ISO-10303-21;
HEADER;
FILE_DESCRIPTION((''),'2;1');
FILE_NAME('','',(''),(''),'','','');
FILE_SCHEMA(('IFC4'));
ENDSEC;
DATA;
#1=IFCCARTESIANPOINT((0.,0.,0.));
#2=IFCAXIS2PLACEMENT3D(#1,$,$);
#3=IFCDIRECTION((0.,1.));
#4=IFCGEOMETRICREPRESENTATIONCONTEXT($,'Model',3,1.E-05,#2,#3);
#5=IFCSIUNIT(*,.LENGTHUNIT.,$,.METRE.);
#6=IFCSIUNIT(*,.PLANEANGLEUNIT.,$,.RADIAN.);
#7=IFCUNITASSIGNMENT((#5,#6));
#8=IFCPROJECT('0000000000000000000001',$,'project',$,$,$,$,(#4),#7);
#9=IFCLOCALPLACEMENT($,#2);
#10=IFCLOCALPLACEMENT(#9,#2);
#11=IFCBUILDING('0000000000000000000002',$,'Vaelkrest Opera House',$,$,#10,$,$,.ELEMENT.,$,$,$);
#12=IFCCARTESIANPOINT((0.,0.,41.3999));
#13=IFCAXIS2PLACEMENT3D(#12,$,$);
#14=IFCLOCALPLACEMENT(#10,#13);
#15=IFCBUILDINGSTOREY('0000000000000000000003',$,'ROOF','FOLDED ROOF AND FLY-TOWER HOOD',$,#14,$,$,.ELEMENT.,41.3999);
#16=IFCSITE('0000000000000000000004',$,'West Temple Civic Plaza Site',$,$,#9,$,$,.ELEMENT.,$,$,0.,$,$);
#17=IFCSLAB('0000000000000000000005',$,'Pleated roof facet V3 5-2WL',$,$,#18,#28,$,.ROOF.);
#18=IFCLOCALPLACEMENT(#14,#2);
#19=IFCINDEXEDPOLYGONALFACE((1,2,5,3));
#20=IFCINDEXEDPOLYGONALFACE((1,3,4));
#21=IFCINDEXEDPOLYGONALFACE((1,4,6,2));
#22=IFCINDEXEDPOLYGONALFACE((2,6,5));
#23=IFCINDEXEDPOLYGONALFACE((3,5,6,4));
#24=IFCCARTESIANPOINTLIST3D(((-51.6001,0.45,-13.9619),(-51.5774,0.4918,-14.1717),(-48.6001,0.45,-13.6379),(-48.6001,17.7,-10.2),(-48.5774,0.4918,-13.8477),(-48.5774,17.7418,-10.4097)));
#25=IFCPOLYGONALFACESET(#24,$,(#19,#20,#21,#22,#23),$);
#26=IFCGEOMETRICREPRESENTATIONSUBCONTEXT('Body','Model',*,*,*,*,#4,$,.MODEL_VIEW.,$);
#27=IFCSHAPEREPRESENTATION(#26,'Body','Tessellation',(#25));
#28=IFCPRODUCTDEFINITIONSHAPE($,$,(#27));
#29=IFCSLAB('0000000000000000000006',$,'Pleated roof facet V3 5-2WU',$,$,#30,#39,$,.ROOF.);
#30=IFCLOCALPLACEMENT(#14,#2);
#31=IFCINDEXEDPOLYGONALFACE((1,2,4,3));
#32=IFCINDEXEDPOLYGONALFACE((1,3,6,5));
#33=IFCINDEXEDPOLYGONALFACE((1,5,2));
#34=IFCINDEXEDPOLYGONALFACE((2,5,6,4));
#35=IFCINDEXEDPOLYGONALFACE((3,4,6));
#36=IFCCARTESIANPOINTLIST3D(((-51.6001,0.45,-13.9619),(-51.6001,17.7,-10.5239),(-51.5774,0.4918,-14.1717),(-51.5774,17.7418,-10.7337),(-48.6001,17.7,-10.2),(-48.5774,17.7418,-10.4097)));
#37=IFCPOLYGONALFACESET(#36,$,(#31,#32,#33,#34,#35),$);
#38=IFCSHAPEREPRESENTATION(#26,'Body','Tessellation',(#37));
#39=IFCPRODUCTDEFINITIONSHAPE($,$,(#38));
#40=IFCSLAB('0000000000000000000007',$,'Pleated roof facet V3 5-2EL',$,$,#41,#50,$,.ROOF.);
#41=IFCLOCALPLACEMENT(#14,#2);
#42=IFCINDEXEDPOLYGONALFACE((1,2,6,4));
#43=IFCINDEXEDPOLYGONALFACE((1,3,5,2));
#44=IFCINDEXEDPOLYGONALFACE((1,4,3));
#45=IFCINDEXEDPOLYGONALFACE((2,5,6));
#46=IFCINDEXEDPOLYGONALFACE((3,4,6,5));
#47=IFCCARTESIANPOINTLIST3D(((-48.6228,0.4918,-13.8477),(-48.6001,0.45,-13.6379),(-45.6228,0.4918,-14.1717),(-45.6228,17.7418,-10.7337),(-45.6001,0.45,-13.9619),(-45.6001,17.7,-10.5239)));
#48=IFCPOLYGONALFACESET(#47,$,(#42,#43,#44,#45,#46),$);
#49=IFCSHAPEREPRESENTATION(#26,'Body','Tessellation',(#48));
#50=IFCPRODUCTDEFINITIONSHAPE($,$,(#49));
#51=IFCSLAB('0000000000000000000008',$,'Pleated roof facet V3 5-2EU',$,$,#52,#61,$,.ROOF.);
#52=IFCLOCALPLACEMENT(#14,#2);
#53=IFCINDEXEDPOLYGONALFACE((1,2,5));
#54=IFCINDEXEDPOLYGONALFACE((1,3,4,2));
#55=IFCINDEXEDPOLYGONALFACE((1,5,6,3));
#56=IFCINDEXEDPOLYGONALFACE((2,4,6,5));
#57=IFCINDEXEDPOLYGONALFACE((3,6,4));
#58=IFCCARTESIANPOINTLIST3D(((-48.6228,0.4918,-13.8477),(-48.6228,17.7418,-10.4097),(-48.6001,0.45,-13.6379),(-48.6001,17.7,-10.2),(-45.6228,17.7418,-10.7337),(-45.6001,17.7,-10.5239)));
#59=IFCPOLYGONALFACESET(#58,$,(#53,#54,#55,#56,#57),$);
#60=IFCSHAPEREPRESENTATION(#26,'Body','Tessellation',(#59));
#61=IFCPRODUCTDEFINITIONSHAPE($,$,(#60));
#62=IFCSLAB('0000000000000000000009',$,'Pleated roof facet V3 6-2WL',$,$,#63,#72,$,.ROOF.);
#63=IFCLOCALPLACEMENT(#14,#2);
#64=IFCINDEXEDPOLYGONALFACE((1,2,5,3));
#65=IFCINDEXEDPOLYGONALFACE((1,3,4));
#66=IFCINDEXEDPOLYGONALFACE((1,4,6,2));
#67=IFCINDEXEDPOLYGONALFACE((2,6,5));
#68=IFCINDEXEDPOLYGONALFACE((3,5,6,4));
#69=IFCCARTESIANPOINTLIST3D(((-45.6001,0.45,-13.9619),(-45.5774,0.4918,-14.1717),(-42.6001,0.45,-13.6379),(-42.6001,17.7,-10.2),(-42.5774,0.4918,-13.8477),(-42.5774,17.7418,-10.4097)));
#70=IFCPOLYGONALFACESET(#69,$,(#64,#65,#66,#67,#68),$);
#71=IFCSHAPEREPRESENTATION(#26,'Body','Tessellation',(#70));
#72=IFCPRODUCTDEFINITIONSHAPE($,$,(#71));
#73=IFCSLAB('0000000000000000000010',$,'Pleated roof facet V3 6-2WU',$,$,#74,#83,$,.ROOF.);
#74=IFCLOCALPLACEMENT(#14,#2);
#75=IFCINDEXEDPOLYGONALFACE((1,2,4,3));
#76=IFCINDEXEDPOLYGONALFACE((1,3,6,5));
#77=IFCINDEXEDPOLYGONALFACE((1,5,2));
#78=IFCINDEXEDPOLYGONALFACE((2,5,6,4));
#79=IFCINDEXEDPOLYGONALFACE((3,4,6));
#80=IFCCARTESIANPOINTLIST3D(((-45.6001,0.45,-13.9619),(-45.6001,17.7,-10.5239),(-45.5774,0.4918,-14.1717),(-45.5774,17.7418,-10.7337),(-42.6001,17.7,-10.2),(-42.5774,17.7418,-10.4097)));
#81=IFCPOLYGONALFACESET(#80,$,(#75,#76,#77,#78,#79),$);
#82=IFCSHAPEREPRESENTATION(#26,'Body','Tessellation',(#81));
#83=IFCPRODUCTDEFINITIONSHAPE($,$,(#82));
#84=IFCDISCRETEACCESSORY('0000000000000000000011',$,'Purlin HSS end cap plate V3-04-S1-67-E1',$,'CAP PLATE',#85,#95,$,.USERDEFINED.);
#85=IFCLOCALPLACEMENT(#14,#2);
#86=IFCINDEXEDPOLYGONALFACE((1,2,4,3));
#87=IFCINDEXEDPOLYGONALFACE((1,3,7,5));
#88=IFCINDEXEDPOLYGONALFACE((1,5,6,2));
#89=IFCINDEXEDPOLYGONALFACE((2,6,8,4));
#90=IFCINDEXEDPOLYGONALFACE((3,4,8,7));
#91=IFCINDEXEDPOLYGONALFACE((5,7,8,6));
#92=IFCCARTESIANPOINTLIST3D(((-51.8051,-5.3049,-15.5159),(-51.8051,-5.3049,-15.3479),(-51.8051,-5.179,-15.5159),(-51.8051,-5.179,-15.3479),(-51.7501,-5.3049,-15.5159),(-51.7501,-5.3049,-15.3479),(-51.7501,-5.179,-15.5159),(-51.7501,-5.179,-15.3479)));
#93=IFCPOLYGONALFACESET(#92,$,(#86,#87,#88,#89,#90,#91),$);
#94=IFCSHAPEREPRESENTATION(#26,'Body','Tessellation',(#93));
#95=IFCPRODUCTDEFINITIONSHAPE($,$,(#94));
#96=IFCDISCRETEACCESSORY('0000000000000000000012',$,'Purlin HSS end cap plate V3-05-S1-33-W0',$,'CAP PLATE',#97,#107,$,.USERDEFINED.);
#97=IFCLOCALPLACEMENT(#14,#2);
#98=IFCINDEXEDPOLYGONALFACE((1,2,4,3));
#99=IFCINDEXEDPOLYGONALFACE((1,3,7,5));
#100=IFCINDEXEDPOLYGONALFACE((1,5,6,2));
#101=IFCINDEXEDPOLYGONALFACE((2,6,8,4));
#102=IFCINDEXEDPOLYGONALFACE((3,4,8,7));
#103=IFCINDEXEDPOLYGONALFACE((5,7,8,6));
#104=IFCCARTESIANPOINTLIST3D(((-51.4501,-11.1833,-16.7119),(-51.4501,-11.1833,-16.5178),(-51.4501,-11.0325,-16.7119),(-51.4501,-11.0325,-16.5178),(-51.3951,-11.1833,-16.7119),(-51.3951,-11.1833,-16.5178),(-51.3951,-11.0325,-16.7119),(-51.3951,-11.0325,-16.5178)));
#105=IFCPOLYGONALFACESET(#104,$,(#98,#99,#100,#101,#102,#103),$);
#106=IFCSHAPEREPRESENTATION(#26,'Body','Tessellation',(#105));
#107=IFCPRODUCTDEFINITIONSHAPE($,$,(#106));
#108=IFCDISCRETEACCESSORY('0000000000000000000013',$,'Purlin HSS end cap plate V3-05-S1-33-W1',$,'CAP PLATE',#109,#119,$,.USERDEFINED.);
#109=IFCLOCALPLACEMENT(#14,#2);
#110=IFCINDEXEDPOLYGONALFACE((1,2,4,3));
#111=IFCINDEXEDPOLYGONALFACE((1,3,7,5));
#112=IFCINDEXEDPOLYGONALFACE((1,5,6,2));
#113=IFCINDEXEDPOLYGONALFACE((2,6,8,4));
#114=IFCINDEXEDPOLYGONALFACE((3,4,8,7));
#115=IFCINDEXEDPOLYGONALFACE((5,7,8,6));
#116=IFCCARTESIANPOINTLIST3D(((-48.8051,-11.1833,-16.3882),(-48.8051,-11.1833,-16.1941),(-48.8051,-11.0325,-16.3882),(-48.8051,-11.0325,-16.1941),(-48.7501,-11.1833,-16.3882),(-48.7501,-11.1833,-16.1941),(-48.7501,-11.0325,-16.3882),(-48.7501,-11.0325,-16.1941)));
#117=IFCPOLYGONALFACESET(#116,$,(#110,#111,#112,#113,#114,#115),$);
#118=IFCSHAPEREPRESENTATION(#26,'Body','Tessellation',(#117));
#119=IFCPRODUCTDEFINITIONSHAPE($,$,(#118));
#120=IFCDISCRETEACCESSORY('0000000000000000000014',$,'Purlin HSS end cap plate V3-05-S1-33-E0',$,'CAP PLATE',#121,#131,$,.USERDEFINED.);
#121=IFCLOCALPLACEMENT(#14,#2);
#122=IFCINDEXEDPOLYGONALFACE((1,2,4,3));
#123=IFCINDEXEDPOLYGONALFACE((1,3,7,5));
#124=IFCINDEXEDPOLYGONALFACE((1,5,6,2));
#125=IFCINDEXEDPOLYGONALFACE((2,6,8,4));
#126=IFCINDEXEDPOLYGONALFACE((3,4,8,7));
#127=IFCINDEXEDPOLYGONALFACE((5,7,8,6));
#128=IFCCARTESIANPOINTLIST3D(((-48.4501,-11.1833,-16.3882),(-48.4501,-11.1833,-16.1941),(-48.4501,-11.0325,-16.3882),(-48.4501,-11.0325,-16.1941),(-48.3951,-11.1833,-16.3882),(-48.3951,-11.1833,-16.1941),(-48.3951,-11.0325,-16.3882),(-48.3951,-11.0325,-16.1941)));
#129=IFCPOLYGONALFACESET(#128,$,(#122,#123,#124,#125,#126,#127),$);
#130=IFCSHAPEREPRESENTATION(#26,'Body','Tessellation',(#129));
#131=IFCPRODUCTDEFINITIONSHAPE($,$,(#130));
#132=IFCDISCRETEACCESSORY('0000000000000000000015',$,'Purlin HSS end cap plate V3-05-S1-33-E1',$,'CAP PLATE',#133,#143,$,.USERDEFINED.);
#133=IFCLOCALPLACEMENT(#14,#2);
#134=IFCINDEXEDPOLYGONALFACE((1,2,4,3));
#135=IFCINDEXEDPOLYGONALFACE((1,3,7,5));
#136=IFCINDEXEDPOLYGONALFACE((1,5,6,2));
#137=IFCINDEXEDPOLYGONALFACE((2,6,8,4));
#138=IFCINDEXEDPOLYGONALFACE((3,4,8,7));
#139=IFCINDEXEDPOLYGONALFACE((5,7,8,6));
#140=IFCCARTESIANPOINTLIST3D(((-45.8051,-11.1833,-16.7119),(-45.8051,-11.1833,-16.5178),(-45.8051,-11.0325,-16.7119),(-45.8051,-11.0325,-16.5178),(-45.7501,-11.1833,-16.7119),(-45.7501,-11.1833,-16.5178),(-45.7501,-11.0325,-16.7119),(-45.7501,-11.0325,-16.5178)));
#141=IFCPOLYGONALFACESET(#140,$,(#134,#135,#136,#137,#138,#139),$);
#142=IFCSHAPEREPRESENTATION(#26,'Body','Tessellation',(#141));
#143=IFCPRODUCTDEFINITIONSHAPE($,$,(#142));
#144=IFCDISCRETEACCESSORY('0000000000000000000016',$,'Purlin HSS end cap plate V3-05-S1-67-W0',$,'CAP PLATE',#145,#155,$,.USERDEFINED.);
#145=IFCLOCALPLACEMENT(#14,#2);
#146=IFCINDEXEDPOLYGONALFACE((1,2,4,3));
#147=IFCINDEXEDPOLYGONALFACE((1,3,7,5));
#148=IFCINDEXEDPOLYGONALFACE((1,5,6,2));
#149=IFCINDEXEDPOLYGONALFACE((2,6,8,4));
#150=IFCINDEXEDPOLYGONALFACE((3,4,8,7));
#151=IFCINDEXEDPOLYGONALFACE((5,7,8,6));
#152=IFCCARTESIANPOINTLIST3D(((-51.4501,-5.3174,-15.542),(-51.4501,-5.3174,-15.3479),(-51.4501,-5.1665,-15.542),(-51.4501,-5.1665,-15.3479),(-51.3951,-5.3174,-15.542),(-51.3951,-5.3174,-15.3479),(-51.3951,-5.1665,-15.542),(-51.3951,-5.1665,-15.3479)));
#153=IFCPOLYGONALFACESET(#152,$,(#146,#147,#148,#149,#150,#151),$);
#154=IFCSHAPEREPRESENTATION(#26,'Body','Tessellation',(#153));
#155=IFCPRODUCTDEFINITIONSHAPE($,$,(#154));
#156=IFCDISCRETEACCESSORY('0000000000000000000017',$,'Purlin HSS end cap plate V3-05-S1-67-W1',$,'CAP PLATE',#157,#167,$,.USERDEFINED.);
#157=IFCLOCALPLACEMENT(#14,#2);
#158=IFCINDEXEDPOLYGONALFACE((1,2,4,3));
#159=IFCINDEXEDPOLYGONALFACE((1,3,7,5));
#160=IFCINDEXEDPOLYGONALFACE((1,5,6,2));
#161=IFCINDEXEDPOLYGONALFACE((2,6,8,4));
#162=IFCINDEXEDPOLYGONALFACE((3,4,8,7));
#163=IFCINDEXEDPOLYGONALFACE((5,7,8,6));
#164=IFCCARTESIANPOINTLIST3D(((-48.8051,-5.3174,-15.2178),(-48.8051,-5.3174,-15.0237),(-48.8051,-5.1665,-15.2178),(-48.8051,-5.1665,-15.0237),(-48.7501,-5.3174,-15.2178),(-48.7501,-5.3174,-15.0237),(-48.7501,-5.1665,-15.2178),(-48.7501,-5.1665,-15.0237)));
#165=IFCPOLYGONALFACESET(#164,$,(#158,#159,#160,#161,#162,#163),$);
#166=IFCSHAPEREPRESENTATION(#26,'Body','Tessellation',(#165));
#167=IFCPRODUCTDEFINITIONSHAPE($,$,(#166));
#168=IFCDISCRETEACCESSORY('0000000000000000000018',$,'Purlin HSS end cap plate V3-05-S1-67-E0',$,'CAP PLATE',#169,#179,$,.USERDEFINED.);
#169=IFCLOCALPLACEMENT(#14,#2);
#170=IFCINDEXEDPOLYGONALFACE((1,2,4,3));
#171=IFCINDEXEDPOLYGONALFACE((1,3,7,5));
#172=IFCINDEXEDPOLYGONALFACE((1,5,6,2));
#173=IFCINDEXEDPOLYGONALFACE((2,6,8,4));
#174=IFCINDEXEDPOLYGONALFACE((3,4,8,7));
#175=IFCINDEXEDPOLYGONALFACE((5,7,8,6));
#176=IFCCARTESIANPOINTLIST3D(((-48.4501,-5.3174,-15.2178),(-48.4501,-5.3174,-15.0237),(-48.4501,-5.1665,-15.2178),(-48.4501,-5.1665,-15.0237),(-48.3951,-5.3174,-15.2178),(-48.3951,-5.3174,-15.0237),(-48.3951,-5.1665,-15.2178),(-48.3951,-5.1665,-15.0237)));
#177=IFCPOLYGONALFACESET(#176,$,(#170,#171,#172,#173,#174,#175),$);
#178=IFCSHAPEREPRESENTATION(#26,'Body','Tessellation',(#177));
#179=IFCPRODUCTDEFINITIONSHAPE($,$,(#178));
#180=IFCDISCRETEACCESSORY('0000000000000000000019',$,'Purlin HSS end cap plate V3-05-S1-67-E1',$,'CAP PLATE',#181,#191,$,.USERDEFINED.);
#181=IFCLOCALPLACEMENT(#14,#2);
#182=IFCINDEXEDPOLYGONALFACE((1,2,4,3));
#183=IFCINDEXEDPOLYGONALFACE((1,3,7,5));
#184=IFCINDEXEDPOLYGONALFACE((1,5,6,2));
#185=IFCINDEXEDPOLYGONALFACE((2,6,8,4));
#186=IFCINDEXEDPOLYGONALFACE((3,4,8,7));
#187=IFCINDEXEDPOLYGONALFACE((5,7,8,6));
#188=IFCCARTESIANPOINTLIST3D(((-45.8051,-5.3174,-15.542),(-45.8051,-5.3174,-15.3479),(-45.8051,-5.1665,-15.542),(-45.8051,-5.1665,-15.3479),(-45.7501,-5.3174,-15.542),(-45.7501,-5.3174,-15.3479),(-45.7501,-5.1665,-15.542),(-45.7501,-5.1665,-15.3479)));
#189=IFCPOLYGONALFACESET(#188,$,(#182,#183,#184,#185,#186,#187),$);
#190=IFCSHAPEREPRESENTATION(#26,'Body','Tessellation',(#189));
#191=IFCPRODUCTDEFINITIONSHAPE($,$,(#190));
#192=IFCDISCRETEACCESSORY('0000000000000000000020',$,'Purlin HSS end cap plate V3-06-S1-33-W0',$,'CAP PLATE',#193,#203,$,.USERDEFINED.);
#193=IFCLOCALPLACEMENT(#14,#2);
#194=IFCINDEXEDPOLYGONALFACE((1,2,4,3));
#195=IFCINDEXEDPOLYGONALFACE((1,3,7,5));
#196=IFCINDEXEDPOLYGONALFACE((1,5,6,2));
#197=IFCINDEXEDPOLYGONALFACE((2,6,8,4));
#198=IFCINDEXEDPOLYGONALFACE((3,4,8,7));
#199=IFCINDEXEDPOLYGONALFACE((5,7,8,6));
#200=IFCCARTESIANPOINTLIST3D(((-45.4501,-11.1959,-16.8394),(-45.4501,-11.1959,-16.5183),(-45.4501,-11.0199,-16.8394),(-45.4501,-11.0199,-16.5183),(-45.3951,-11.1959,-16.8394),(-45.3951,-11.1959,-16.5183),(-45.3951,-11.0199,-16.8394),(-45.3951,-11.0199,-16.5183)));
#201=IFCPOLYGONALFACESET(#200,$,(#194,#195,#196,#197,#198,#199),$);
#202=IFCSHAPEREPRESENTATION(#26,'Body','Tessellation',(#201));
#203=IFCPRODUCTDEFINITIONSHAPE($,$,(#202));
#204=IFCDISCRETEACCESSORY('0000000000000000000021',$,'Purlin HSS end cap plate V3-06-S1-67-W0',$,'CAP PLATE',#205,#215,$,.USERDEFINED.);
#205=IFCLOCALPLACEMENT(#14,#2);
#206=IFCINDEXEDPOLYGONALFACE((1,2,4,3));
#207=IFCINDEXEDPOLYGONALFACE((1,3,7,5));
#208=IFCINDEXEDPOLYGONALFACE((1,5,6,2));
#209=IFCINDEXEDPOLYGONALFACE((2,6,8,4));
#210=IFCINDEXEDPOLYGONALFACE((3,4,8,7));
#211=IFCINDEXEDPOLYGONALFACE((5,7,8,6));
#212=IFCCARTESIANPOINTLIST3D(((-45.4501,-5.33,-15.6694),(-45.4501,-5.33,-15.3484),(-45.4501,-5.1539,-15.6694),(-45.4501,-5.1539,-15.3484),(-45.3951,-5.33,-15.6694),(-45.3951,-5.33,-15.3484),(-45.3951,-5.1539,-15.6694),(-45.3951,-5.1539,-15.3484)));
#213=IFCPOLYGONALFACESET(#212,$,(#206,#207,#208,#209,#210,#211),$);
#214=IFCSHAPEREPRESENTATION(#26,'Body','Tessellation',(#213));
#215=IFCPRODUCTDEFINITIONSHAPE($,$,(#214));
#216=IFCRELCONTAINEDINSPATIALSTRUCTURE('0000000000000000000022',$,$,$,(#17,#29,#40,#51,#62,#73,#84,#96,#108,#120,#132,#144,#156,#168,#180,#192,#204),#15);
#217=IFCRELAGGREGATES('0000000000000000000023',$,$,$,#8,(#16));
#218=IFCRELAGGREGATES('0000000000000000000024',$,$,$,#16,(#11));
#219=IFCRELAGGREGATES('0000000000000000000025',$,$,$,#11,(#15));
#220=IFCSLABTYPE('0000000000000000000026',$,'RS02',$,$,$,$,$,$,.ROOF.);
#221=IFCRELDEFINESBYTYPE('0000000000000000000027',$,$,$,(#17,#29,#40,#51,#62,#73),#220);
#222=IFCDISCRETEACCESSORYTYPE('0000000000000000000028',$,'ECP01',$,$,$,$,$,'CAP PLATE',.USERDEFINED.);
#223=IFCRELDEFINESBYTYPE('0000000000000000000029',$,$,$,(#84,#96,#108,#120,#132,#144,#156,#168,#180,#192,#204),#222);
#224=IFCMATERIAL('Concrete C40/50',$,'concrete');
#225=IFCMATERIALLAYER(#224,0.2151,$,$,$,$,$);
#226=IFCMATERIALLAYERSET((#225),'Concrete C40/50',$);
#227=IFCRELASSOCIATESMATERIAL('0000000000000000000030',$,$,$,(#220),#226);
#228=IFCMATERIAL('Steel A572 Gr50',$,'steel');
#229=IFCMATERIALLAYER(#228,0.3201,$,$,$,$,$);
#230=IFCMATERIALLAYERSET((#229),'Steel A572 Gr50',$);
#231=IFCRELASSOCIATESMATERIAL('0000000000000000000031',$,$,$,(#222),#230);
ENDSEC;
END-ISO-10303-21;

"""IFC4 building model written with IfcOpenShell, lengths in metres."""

from ifc_helpers import new_model, si_unit, direction, frame, origin, origin_2d, place, context, subcontext, project, spatial, polyline, rectangle, outline, extrude, material, layer, layer_set, type_object, element, save


model = new_model("IFC4")

# Units and contexts
model_context = context("Model", 3, precision=1e-05, world=origin(), true_north=direction((0.0, 1.0)))
body_context = subcontext(model_context, "Body", "Model", "MODEL_VIEW")
ifc_project = project(units=[si_unit("LENGTHUNIT", "METRE"), si_unit("PLANEANGLEUNIT", "RADIAN")], contexts=[model_context])

# Site, building, storey
site_placement = place(None, origin())
site = spatial("IfcSite", under=ifc_project, at=site_placement, Name="West Temple Civic Plaza Site", CompositionType="ELEMENT", RefElevation=0.0)
building_placement = place(site_placement, origin())
building = spatial("IfcBuilding", under=site, at=building_placement, Name="Vaelkrest Opera House", CompositionType="ELEMENT")
storey_placement = place(building_placement, frame((0.0, 0.0, 41.3999)))
storey = spatial("IfcBuildingStorey", under=building, at=storey_placement, Name="ROOF", Description="FOLDED ROOF AND FLY-TOWER HOOD", CompositionType="ELEMENT", Elevation=41.3999)

# Shared definitions
ifc_material_1 = material(Name="Steel A572 Gr50", Category="steel")

# Slabs
ifc_material_2 = material(Name="Concrete C40/50", Category="concrete")
ifc_layer_1 = layer(ifc_material_2, 0.2151)
ifc_layer_set_1 = layer_set([ifc_layer_1], Name="Concrete C40/50")
slab_type = type_object("IfcSlabType", Name="RS02", PredefinedType="ROOF", material=ifc_layer_set_1)
slab_1_placement = place(storey_placement, frame((-51.6001, 0.45, -13.9619), z_axis=(-0.10532, -0.194372, 0.975257), x_axis=(0.994219, 0.0, 0.107367)))
element("IfcSlab", 1, at=slab_1_placement, inside=storey, type_object=slab_type, Name="Pleated roof facet V3 5-2WL", PredefinedType="ROOF", context=body_context, shape_type="SweptSolid", body=[
    extrude(outline(polyline([(0.0, 0.0), (3.0174, 0.0), (3.3866, 17.5854), (0.0, 0.0)])), origin(), (0.0, 0.0, -1.0), 0.2151),
])
slab_2_placement = place(storey_placement, frame((-51.6001, 0.45, -13.9619), z_axis=(-0.10532, -0.194372, 0.975257), x_axis=(0.167518, 0.963229, 0.210066)))
element("IfcSlab", 2, at=slab_2_placement, inside=storey, type_object=slab_type, Name="Pleated roof facet V3 5-2WU", PredefinedType="ROOF", context=body_context, shape_type="SweptSolid", body=[
    extrude(outline(polyline([(0.0, 0.0), (17.9085, 0.0), (17.3379, 2.963), (0.0, 0.0)])), origin(), (0.0, 0.0, -1.0), 0.2151),
])
slab_3_placement = place(storey_placement, frame((-48.6001, 0.45, -13.6379), z_axis=(0.10532, -0.194372, 0.975257), x_axis=(0.994219, 0.0, -0.107367)))
element("IfcSlab", 3, at=slab_3_placement, inside=storey, type_object=slab_type, Name="Pleated roof facet V3 5-2EL", PredefinedType="ROOF", context=body_context, shape_type="SweptSolid", body=[
    extrude(outline(polyline([(0.0, 0.0), (3.0174, 0.0), (2.6483, 17.5854), (0.0, 0.0)])), origin(), (0.0, 0.0, -1.0), 0.2151),
])
slab_4_placement = place(storey_placement, frame((-48.6001, 0.45, -13.6379), z_axis=(0.10532, -0.194372, 0.975257), x_axis=(0.168694, 0.96999, 0.175105)))
element("IfcSlab", 4, at=slab_4_placement, inside=storey, type_object=slab_type, Name="Pleated roof facet V3 5-2EU", PredefinedType="ROOF", context=body_context, shape_type="SweptSolid", body=[
    extrude(outline(polyline([(0.0, 0.0), (17.7837, 0.0), (17.3343, 2.9838), (0.0, 0.0)])), origin(), (0.0, 0.0, -1.0), 0.2151),
])
slab_5_placement = place(storey_placement, frame((-45.6001, 0.45, -13.9619), z_axis=(-0.10532, -0.194372, 0.975257), x_axis=(0.994219, 0.0, 0.107367)))
element("IfcSlab", 5, at=slab_5_placement, inside=storey, type_object=slab_type, Name="Pleated roof facet V3 6-2WL", PredefinedType="ROOF", context=body_context, shape_type="SweptSolid", body=[
    extrude(outline(polyline([(0.0, 0.0), (3.0174, 0.0), (3.3866, 17.5854), (0.0, 0.0)])), origin(), (0.0, 0.0, -1.0), 0.2151),
])
slab_6_placement = place(storey_placement, frame((-45.6001, 0.45, -13.9619), z_axis=(-0.10532, -0.194372, 0.975257), x_axis=(0.167518, 0.963229, 0.210066)))
element("IfcSlab", 6, at=slab_6_placement, inside=storey, type_object=slab_type, Name="Pleated roof facet V3 6-2WU", PredefinedType="ROOF", context=body_context, shape_type="SweptSolid", body=[
    extrude(outline(polyline([(0.0, 0.0), (17.9085, 0.0), (17.3379, 2.963), (0.0, 0.0)])), origin(), (0.0, 0.0, -1.0), 0.2151),
])

# Discrete accessories
ifc_layer_2 = layer(ifc_material_1, 0.3201)
ifc_layer_set_2 = layer_set([ifc_layer_2], Name="Steel A572 Gr50")
discrete_accessory_type = type_object("IfcDiscreteAccessoryType", Name="ECP01", ElementType="CAP PLATE", PredefinedType="USERDEFINED", material=ifc_layer_set_2)
discrete_accessory_placement = place(storey_placement, frame((-51.7776, -5.2419, -15.5159), z_axis=(0.0, 0.0, 1.0), x_axis=(1.0, 0.0, 0.0)))
element("IfcDiscreteAccessory", 7, at=discrete_accessory_placement, inside=storey, type_object=discrete_accessory_type, Name="Purlin HSS end cap plate V3-04-S1-67-E1", ObjectType="CAP PLATE", PredefinedType="USERDEFINED", context=body_context, shape_type="SweptSolid", body=[
    extrude(rectangle(XDim=0.0549, YDim=0.126, at=origin_2d()), origin(), (0.0, 0.0, 1.0), 0.168),
])
for number, where, z_axis, x_axis, name in (
    (8, (-51.4226, -11.1079, -16.7119), (0.0, 0.0, 1.0), (1.0, 0.0, 0.0), "Purlin HSS end cap plate V3-05-S1-33-W0"),
    (9, (-48.7776, -11.1079, -16.3882), (0.0, 0.0, 1.0), (1.0, 0.0, 0.0), "Purlin HSS end cap plate V3-05-S1-33-W1"),
    (10, (-48.4226, -11.1079, -16.3882), (0.0, 0.0, 1.0), (1.0, 0.0, 0.0), "Purlin HSS end cap plate V3-05-S1-33-E0"),
    (11, (-45.7776, -11.1079, -16.7119), (0.0, 0.0, 1.0), (1.0, 0.0, 0.0), "Purlin HSS end cap plate V3-05-S1-33-E1"),
    (12, (-51.4226, -5.2419, -15.542), (0.0, 0.0, 1.0), (1.0, 0.0, 0.0), "Purlin HSS end cap plate V3-05-S1-67-W0"),
    (13, (-48.7776, -5.2419, -15.2178), (0.0, 0.0, 1.0), (1.0, 0.0, 0.0), "Purlin HSS end cap plate V3-05-S1-67-W1"),
    (14, (-48.4226, -5.2419, -15.2178), (0.0, 0.0, 1.0), (1.0, 0.0, 0.0), "Purlin HSS end cap plate V3-05-S1-67-E0"),
    (15, (-45.7776, -5.2419, -15.542), (0.0, 0.0, 1.0), (1.0, 0.0, 0.0), "Purlin HSS end cap plate V3-05-S1-67-E1"),
):
    element("IfcDiscreteAccessory", number, at=place(storey_placement, frame(where, z_axis=z_axis, x_axis=x_axis)), inside=storey, type_object=discrete_accessory_type, Name=name, ObjectType="CAP PLATE", PredefinedType="USERDEFINED", context=body_context, shape_type="SweptSolid", body=[
        extrude(rectangle(XDim=0.0549, YDim=0.1509, at=origin_2d()), origin(), (0.0, 0.0, 1.0), 0.1941),
    ])
for number, where, z_axis, x_axis, name in (
    (16, (-45.4226, -11.1079, -16.8394), (0.0, 0.0, 1.0), (1.0, 0.0, 0.0), "Purlin HSS end cap plate V3-06-S1-33-W0"),
    (17, (-45.4226, -5.2419, -15.6694), (0.0, 0.0, 1.0), (1.0, 0.0, 0.0), "Purlin HSS end cap plate V3-06-S1-67-W0"),
):
    element("IfcDiscreteAccessory", number, at=place(storey_placement, frame(where, z_axis=z_axis, x_axis=x_axis)), inside=storey, type_object=discrete_accessory_type, Name=name, ObjectType="CAP PLATE", PredefinedType="USERDEFINED", context=body_context, shape_type="SweptSolid", body=[
        extrude(rectangle(XDim=0.0549, YDim=0.176, at=origin_2d()), origin(), (0.0, 0.0, 1.0), 0.321),
    ])

save(model, "model.ifc")
